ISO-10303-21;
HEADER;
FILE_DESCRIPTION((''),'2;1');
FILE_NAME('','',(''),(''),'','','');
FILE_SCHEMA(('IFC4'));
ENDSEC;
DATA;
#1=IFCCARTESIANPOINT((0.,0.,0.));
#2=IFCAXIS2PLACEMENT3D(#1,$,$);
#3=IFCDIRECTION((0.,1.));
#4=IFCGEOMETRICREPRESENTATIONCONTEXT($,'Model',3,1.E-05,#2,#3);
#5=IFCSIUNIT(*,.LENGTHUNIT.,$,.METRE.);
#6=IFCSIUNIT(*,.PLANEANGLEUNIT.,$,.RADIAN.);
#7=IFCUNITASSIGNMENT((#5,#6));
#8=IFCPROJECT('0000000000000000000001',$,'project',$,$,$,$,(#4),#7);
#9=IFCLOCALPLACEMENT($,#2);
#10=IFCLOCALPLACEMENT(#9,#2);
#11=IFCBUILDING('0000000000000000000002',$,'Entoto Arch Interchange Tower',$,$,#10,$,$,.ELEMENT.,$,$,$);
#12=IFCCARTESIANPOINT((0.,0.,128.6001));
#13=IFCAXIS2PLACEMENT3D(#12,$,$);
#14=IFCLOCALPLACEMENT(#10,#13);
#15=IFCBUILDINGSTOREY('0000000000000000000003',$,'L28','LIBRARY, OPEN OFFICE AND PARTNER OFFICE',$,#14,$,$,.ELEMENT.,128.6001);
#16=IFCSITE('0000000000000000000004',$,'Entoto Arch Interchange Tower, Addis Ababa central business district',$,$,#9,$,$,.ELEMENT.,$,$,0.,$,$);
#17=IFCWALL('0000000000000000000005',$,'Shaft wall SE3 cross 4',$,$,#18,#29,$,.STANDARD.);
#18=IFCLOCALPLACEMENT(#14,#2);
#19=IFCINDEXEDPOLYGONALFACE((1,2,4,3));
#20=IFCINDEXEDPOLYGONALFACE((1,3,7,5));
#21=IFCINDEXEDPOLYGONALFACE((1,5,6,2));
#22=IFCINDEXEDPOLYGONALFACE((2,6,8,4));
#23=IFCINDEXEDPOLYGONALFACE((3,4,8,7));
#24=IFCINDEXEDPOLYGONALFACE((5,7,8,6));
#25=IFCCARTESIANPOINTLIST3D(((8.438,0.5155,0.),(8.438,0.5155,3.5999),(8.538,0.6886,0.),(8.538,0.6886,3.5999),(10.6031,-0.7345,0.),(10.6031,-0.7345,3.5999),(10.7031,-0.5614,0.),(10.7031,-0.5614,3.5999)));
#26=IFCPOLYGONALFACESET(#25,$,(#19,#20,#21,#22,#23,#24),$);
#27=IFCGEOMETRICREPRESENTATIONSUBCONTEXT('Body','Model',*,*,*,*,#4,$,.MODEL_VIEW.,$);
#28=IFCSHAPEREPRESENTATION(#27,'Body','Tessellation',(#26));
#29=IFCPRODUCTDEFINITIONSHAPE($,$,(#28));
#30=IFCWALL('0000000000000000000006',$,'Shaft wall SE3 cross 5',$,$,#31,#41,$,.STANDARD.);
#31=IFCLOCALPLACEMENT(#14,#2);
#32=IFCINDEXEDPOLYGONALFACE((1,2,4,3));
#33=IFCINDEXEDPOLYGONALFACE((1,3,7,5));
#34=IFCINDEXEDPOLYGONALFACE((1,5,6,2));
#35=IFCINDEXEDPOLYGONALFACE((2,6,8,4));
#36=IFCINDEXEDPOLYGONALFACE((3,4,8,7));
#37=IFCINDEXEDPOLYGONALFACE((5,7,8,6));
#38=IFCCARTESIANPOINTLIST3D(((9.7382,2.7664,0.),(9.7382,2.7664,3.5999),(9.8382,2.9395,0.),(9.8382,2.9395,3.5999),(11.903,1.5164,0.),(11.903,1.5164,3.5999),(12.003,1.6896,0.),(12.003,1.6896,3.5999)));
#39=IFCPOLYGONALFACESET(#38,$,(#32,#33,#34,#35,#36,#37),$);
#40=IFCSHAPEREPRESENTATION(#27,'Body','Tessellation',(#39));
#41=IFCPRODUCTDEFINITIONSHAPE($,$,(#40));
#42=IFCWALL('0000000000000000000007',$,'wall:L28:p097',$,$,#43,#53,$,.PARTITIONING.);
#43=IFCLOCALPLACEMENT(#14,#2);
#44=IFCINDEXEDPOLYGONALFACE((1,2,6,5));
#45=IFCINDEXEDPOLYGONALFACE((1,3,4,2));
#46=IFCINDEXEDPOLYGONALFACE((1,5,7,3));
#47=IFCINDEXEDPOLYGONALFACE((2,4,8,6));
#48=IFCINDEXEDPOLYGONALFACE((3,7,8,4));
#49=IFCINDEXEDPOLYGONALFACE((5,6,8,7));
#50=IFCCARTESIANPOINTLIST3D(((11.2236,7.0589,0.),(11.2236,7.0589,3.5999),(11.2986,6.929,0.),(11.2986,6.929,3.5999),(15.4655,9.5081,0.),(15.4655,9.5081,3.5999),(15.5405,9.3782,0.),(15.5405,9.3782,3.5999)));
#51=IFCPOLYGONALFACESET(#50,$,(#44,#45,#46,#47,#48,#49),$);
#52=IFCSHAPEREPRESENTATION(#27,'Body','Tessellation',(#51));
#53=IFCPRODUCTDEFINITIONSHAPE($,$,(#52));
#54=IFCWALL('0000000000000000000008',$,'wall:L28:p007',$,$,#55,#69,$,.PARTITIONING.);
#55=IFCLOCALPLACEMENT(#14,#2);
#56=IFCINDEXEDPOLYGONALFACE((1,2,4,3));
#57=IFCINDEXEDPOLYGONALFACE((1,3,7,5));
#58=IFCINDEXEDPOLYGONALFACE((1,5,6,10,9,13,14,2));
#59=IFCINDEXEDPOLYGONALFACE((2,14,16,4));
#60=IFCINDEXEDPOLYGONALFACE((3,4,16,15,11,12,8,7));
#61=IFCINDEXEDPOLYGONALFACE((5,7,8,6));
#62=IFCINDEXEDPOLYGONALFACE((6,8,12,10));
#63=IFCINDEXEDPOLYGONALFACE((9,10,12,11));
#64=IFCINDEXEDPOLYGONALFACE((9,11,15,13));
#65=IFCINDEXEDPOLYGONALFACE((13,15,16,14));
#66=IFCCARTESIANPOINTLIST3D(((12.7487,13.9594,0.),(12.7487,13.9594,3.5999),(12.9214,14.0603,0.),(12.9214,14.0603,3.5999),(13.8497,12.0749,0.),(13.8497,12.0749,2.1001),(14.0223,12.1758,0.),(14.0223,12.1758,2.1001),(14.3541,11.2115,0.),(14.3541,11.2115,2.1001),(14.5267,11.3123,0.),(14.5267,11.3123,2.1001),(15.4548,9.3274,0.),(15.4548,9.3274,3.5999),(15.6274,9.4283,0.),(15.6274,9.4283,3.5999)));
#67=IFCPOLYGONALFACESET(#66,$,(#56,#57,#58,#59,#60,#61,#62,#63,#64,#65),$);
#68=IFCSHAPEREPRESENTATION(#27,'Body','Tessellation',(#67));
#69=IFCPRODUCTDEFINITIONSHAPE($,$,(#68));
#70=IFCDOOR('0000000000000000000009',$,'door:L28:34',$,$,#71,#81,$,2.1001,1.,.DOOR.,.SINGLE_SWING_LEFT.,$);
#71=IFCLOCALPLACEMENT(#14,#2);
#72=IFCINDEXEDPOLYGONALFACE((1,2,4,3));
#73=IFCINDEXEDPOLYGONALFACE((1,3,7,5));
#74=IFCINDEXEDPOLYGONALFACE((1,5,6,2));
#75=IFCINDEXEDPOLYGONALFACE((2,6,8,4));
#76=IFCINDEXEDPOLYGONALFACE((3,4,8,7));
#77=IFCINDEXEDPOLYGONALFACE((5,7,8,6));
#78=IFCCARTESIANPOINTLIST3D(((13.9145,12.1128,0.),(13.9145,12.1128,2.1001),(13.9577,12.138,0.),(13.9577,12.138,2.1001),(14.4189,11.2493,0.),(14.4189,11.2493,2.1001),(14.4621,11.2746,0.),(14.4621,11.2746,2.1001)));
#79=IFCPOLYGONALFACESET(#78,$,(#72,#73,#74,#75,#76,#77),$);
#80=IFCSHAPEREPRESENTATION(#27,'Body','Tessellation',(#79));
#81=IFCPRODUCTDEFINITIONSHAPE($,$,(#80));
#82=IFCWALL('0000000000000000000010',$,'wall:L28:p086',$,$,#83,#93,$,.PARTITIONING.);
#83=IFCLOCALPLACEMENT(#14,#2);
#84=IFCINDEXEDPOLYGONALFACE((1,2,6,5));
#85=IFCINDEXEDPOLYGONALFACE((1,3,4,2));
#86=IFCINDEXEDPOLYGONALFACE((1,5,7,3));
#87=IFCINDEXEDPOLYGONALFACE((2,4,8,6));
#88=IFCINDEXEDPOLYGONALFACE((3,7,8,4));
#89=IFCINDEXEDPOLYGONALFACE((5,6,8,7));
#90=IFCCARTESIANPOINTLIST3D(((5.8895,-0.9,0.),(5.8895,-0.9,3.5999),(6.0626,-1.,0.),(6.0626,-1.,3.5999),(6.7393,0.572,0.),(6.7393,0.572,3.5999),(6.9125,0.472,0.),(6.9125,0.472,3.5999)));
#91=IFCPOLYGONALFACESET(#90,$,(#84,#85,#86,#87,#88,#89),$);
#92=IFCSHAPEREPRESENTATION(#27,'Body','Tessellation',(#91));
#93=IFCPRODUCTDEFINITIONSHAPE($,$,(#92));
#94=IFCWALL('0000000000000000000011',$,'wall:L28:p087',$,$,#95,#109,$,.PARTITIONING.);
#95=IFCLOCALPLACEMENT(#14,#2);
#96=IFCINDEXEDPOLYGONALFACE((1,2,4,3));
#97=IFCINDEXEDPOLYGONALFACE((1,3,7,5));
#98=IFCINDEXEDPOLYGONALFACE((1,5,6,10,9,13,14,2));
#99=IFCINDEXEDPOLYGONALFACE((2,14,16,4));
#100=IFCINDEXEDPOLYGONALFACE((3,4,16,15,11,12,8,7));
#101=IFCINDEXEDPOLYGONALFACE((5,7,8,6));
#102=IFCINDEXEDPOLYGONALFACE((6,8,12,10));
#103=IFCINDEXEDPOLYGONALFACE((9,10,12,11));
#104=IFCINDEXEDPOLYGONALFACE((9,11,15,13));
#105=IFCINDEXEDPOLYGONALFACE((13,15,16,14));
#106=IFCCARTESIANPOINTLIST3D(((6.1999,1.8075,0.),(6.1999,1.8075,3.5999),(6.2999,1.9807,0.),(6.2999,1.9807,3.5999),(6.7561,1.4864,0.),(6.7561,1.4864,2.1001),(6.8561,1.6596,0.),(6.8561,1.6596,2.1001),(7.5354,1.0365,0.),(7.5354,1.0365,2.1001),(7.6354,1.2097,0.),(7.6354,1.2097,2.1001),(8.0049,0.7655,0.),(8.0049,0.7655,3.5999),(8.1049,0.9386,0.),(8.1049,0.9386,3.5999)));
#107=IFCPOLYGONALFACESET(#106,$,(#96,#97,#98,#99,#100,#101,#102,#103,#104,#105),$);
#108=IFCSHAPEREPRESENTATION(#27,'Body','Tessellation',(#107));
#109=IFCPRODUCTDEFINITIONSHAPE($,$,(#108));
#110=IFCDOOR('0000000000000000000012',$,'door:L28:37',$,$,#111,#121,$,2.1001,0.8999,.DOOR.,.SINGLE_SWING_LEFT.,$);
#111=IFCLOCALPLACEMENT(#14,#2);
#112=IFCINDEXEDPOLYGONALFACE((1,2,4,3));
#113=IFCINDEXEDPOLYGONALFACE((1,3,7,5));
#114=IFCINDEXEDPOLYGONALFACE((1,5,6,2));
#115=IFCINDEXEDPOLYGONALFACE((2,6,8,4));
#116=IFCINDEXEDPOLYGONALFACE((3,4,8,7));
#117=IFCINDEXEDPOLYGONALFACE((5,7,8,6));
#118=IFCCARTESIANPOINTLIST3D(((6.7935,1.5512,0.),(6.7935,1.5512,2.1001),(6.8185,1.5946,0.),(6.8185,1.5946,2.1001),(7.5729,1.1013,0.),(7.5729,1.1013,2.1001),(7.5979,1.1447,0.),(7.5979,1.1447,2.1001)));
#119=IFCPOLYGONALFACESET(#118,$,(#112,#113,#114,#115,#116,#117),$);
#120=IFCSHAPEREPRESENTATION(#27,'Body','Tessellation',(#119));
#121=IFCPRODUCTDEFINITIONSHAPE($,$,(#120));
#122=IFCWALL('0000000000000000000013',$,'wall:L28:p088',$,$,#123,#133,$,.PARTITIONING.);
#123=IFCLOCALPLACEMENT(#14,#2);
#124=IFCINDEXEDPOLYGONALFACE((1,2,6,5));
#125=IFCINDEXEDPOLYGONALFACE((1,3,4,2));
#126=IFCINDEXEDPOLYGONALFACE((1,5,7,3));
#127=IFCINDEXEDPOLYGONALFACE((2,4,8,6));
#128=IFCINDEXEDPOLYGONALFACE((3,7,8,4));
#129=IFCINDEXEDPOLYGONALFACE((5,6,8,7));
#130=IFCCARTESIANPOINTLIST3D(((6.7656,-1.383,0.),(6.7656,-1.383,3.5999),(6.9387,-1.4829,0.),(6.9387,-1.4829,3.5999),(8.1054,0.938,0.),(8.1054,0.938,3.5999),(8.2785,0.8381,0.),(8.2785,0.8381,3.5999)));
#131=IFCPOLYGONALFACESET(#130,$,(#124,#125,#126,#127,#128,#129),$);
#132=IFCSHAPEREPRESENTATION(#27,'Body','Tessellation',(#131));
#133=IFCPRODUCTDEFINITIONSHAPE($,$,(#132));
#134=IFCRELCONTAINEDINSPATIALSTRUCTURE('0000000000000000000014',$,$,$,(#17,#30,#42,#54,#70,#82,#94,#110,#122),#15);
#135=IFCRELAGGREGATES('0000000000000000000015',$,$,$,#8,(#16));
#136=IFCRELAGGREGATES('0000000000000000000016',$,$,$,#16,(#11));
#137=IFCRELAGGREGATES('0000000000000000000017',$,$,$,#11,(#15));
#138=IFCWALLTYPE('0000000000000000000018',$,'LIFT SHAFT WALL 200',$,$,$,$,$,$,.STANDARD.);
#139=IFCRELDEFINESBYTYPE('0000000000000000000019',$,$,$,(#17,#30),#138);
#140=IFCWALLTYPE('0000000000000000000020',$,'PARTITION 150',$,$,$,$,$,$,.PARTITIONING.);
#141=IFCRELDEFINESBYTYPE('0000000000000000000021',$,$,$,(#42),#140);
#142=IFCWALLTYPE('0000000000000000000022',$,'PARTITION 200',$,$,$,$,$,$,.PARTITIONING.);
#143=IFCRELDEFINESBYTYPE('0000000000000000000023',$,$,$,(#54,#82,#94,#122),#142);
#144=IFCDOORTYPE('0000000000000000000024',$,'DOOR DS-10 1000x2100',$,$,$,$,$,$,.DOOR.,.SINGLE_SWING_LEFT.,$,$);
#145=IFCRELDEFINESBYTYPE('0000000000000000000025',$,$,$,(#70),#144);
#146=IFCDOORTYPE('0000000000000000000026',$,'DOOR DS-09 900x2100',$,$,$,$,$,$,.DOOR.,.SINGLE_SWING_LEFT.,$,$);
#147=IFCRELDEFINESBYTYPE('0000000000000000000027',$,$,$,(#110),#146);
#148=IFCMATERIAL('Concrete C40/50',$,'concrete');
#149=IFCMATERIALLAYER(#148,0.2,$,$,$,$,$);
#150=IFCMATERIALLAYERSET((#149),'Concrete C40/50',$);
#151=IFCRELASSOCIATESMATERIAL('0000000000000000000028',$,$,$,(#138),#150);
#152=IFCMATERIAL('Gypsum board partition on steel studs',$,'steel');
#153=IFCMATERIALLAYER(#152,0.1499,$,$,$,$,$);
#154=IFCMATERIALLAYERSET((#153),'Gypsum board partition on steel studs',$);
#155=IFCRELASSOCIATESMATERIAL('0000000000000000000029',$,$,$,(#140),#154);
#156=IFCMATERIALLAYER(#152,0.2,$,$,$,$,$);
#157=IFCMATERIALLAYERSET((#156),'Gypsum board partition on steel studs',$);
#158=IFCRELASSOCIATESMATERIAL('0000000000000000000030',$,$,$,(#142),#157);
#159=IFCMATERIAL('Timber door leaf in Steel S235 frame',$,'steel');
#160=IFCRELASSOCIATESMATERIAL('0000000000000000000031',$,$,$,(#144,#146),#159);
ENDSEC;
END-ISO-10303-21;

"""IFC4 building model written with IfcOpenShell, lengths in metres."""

from ifc_helpers import new_model, si_unit, direction, frame, frame_2d, origin, place, context, subcontext, project, spatial, rectangle, extrude, material, layer, layer_set, type_object, element, fill, save


model = new_model("IFC4")

# Units and contexts
model_context = context("Model", 3, precision=1e-05, world=origin(), true_north=direction((0.0, 1.0)))
body_context = subcontext(model_context, "Body", "Model", "MODEL_VIEW")
ifc_project = project(units=[si_unit("LENGTHUNIT", "METRE"), si_unit("PLANEANGLEUNIT", "RADIAN")], contexts=[model_context])

# Site, building, storey
site_placement = place(None, origin())
site = spatial("IfcSite", under=ifc_project, at=site_placement, Name="Entoto Arch Interchange Tower, Addis Ababa central business district", CompositionType="ELEMENT", RefElevation=0.0)
building_placement = place(site_placement, origin())
building = spatial("IfcBuilding", under=site, at=building_placement, Name="Entoto Arch Interchange Tower", CompositionType="ELEMENT")
storey_placement = place(building_placement, frame((0.0, 0.0, 128.6001)))
storey = spatial("IfcBuildingStorey", under=building, at=storey_placement, Name="L28", Description="LIBRARY, OPEN OFFICE AND PARTNER OFFICE", CompositionType="ELEMENT", Elevation=128.6001)

# Walls
ifc_material_1 = material(Name="Concrete C40/50", Category="concrete")
ifc_layer_1 = layer(ifc_material_1, 0.2)
ifc_layer_set_1 = layer_set([ifc_layer_1], Name="Concrete C40/50")
wall_type_1 = type_object("IfcWallType", Name="LIFT SHAFT WALL 200", PredefinedType="STANDARD", material=ifc_layer_set_1)
wall_1_placement = place(storey_placement, frame((8.488, 0.6021, 0.0), z_axis=(0.0, 0.0, 1.0), x_axis=(0.866023, -0.500004, 0.0)))
element("IfcWall", 1, at=wall_1_placement, inside=storey, type_object=wall_type_1, Name="Shaft wall SE3 cross 4", PredefinedType="STANDARD", context=body_context, shape_type="SweptSolid", body=[
    extrude(rectangle(XDim=2.5, YDim=0.2, at=frame_2d((1.25, 0.0))), origin(), (0.0, 0.0, 1.0), 3.5999),
])
wall_2_placement = place(storey_placement, frame((9.7881, 2.853, 0.0), z_axis=(0.0, 0.0, 1.0), x_axis=(0.865999, -0.500047, 0.0)))
element("IfcWall", 2, at=wall_2_placement, inside=storey, type_object=wall_type_1, Name="Shaft wall SE3 cross 5", PredefinedType="STANDARD", context=body_context, shape_type="SweptSolid", body=[
    extrude(rectangle(XDim=2.4998, YDim=0.2, at=frame_2d((1.25, 0.0))), origin(), (0.0, 0.0, 1.0), 3.5999),
])
ifc_material_2 = material(Name="Gypsum board partition on steel studs", Category="steel")
ifc_layer_2 = layer(ifc_material_2, 0.1499)
ifc_layer_set_2 = layer_set([ifc_layer_2], Name="Gypsum board partition on steel studs")
wall_type_2 = type_object("IfcWallType", Name="PARTITION 150", PredefinedType="PARTITIONING", material=ifc_layer_set_2)
wall_3_placement = place(storey_placement, frame((11.261, 6.9939, 0.0), z_axis=(0.0, 0.0, 1.0), x_axis=(0.866014, 0.50002, 0.0)))
element("IfcWall", 3, at=wall_3_placement, inside=storey, type_object=wall_type_2, Name="wall:L28:p097", PredefinedType="PARTITIONING", context=body_context, shape_type="SweptSolid", body=[
    extrude(rectangle(XDim=4.8982, YDim=0.1499, at=frame_2d((2.4492, 0.0))), origin(), (0.0, 0.0, 1.0), 3.5999),
])

# Wall, opening, door
ifc_layer_3 = layer(ifc_material_2, 0.2)
ifc_layer_set_3 = layer_set([ifc_layer_3], Name="Gypsum board partition on steel studs")
wall_type_3 = type_object("IfcWallType", Name="PARTITION 200", PredefinedType="PARTITIONING", material=ifc_layer_set_3)
wall_4_placement = place(storey_placement, frame((15.541, 9.3779, 0.0), z_axis=(0.0, 0.0, 1.0), x_axis=(-0.504428, 0.863454, 0.0)))
wall_4 = element("IfcWall", 4, at=wall_4_placement, inside=storey, type_object=wall_type_3, Name="wall:L28:p007", PredefinedType="PARTITIONING", context=body_context, shape_type="SweptSolid", body=[
    extrude(rectangle(XDim=5.3645, YDim=0.2, at=frame_2d((2.6821, 0.0))), origin(), (0.0, 0.0, 1.0), 3.5999),
])
opening_1_placement = place(wall_4_placement, frame((2.1819, 0.0, 0.0)))
opening_1 = element("IfcOpeningElement", 5, at=opening_1_placement, cuts=wall_4, PredefinedType="OPENING", context=body_context, shape_type="SweptSolid", body=[
    extrude(rectangle(XDim=1.0, YDim=2.1001, at=frame_2d((0.5, 1.05))), frame((0.0, 0.1099, 0.0), z_axis=(0.0, -1.0, 0.0), x_axis=(1.0, 0.0, 0.0)), (0.0, 0.0, 1.0), 0.22),
])
ifc_material_3 = material(Name="Timber door leaf in Steel S235 frame", Category="steel")
door_type_1 = type_object("IfcDoorType", Name="DOOR DS-10 1000x2100", OperationType="SINGLE_SWING_LEFT", PredefinedType="DOOR", material=ifc_material_3)
door_1_placement = place(opening_1_placement, origin())
door_1 = element("IfcDoor", 6, at=door_1_placement, inside=storey, type_object=door_type_1, Name="door:L28:34", OperationType="SINGLE_SWING_LEFT", OverallHeight=2.1001, OverallWidth=1.0, PredefinedType="DOOR", context=body_context, shape_type="SweptSolid", body=[
    extrude(rectangle(XDim=1.0, YDim=2.1001, at=frame_2d((0.5, 1.05))), frame((0.0, 0.0249, 0.0), z_axis=(0.0, -1.0, 0.0), x_axis=(1.0, 0.0, 0.0)), (0.0, 0.0, 1.0), 0.05),
])
fill(opening_1, door_1)

# Wall
wall_5_placement = place(storey_placement, frame((6.8259, 0.522, 0.0), z_axis=(0.0, 0.0, 1.0), x_axis=(-0.500017, -0.866016, 0.0)))
element("IfcWall", 7, at=wall_5_placement, inside=storey, type_object=wall_type_3, Name="wall:L28:p086", PredefinedType="PARTITIONING", context=body_context, shape_type="SweptSolid", body=[
    extrude(rectangle(XDim=1.6997, YDim=0.2, at=frame_2d((0.8499, 0.0))), origin(), (0.0, 0.0, 1.0), 3.5999),
])

# Wall, opening, door
wall_6_placement = place(storey_placement, frame((6.25, 1.894, 0.0), z_axis=(0.0, 0.0, 1.0), x_axis=(0.866043, -0.499969, 0.0)))
wall_6 = element("IfcWall", 8, at=wall_6_placement, inside=storey, type_object=wall_type_3, Name="wall:L28:p087", PredefinedType="PARTITIONING", context=body_context, shape_type="SweptSolid", body=[
    extrude(rectangle(XDim=2.0842, YDim=0.2, at=frame_2d((1.042, 0.0))), origin(), (0.0, 0.0, 1.0), 3.5999),
])
opening_2_placement = place(wall_6_placement, frame((0.6421, 0.0, 0.0)))
opening_2 = element("IfcOpeningElement", 9, at=opening_2_placement, cuts=wall_6, PredefinedType="OPENING", context=body_context, shape_type="SweptSolid", body=[
    extrude(rectangle(XDim=0.8999, YDim=2.1001, at=frame_2d((0.45, 1.05))), frame((0.0, 0.1099, 0.0), z_axis=(0.0, -1.0, 0.0), x_axis=(1.0, 0.0, 0.0)), (0.0, 0.0, 1.0), 0.22),
])
door_type_2 = type_object("IfcDoorType", Name="DOOR DS-09 900x2100", OperationType="SINGLE_SWING_LEFT", PredefinedType="DOOR", material=ifc_material_3)
door_2_placement = place(opening_2_placement, origin())
door_2 = element("IfcDoor", 10, at=door_2_placement, inside=storey, type_object=door_type_2, Name="door:L28:37", OperationType="SINGLE_SWING_LEFT", OverallHeight=2.1001, OverallWidth=0.8999, PredefinedType="DOOR", context=body_context, shape_type="SweptSolid", body=[
    extrude(rectangle(XDim=0.8999, YDim=2.1001, at=frame_2d((0.45, 1.05))), frame((0.0, 0.0249, 0.0), z_axis=(0.0, -1.0, 0.0), x_axis=(1.0, 0.0, 0.0)), (0.0, 0.0, 1.0), 0.05),
])
fill(opening_2, door_2)

# Wall
wall_7_placement = place(storey_placement, frame((8.1919, 0.8879, 0.0), z_axis=(0.0, 0.0, 1.0), x_axis=(-0.499941, -0.86606, 0.0)))
element("IfcWall", 11, at=wall_7_placement, inside=storey, type_object=wall_type_3, Name="wall:L28:p088", PredefinedType="PARTITIONING", context=body_context, shape_type="SweptSolid", body=[
    extrude(rectangle(XDim=2.6799, YDim=0.2, at=frame_2d((1.3398, 0.0))), origin(), (0.0, 0.0, 1.0), 3.5999),
])

save(model, "model.ifc")
